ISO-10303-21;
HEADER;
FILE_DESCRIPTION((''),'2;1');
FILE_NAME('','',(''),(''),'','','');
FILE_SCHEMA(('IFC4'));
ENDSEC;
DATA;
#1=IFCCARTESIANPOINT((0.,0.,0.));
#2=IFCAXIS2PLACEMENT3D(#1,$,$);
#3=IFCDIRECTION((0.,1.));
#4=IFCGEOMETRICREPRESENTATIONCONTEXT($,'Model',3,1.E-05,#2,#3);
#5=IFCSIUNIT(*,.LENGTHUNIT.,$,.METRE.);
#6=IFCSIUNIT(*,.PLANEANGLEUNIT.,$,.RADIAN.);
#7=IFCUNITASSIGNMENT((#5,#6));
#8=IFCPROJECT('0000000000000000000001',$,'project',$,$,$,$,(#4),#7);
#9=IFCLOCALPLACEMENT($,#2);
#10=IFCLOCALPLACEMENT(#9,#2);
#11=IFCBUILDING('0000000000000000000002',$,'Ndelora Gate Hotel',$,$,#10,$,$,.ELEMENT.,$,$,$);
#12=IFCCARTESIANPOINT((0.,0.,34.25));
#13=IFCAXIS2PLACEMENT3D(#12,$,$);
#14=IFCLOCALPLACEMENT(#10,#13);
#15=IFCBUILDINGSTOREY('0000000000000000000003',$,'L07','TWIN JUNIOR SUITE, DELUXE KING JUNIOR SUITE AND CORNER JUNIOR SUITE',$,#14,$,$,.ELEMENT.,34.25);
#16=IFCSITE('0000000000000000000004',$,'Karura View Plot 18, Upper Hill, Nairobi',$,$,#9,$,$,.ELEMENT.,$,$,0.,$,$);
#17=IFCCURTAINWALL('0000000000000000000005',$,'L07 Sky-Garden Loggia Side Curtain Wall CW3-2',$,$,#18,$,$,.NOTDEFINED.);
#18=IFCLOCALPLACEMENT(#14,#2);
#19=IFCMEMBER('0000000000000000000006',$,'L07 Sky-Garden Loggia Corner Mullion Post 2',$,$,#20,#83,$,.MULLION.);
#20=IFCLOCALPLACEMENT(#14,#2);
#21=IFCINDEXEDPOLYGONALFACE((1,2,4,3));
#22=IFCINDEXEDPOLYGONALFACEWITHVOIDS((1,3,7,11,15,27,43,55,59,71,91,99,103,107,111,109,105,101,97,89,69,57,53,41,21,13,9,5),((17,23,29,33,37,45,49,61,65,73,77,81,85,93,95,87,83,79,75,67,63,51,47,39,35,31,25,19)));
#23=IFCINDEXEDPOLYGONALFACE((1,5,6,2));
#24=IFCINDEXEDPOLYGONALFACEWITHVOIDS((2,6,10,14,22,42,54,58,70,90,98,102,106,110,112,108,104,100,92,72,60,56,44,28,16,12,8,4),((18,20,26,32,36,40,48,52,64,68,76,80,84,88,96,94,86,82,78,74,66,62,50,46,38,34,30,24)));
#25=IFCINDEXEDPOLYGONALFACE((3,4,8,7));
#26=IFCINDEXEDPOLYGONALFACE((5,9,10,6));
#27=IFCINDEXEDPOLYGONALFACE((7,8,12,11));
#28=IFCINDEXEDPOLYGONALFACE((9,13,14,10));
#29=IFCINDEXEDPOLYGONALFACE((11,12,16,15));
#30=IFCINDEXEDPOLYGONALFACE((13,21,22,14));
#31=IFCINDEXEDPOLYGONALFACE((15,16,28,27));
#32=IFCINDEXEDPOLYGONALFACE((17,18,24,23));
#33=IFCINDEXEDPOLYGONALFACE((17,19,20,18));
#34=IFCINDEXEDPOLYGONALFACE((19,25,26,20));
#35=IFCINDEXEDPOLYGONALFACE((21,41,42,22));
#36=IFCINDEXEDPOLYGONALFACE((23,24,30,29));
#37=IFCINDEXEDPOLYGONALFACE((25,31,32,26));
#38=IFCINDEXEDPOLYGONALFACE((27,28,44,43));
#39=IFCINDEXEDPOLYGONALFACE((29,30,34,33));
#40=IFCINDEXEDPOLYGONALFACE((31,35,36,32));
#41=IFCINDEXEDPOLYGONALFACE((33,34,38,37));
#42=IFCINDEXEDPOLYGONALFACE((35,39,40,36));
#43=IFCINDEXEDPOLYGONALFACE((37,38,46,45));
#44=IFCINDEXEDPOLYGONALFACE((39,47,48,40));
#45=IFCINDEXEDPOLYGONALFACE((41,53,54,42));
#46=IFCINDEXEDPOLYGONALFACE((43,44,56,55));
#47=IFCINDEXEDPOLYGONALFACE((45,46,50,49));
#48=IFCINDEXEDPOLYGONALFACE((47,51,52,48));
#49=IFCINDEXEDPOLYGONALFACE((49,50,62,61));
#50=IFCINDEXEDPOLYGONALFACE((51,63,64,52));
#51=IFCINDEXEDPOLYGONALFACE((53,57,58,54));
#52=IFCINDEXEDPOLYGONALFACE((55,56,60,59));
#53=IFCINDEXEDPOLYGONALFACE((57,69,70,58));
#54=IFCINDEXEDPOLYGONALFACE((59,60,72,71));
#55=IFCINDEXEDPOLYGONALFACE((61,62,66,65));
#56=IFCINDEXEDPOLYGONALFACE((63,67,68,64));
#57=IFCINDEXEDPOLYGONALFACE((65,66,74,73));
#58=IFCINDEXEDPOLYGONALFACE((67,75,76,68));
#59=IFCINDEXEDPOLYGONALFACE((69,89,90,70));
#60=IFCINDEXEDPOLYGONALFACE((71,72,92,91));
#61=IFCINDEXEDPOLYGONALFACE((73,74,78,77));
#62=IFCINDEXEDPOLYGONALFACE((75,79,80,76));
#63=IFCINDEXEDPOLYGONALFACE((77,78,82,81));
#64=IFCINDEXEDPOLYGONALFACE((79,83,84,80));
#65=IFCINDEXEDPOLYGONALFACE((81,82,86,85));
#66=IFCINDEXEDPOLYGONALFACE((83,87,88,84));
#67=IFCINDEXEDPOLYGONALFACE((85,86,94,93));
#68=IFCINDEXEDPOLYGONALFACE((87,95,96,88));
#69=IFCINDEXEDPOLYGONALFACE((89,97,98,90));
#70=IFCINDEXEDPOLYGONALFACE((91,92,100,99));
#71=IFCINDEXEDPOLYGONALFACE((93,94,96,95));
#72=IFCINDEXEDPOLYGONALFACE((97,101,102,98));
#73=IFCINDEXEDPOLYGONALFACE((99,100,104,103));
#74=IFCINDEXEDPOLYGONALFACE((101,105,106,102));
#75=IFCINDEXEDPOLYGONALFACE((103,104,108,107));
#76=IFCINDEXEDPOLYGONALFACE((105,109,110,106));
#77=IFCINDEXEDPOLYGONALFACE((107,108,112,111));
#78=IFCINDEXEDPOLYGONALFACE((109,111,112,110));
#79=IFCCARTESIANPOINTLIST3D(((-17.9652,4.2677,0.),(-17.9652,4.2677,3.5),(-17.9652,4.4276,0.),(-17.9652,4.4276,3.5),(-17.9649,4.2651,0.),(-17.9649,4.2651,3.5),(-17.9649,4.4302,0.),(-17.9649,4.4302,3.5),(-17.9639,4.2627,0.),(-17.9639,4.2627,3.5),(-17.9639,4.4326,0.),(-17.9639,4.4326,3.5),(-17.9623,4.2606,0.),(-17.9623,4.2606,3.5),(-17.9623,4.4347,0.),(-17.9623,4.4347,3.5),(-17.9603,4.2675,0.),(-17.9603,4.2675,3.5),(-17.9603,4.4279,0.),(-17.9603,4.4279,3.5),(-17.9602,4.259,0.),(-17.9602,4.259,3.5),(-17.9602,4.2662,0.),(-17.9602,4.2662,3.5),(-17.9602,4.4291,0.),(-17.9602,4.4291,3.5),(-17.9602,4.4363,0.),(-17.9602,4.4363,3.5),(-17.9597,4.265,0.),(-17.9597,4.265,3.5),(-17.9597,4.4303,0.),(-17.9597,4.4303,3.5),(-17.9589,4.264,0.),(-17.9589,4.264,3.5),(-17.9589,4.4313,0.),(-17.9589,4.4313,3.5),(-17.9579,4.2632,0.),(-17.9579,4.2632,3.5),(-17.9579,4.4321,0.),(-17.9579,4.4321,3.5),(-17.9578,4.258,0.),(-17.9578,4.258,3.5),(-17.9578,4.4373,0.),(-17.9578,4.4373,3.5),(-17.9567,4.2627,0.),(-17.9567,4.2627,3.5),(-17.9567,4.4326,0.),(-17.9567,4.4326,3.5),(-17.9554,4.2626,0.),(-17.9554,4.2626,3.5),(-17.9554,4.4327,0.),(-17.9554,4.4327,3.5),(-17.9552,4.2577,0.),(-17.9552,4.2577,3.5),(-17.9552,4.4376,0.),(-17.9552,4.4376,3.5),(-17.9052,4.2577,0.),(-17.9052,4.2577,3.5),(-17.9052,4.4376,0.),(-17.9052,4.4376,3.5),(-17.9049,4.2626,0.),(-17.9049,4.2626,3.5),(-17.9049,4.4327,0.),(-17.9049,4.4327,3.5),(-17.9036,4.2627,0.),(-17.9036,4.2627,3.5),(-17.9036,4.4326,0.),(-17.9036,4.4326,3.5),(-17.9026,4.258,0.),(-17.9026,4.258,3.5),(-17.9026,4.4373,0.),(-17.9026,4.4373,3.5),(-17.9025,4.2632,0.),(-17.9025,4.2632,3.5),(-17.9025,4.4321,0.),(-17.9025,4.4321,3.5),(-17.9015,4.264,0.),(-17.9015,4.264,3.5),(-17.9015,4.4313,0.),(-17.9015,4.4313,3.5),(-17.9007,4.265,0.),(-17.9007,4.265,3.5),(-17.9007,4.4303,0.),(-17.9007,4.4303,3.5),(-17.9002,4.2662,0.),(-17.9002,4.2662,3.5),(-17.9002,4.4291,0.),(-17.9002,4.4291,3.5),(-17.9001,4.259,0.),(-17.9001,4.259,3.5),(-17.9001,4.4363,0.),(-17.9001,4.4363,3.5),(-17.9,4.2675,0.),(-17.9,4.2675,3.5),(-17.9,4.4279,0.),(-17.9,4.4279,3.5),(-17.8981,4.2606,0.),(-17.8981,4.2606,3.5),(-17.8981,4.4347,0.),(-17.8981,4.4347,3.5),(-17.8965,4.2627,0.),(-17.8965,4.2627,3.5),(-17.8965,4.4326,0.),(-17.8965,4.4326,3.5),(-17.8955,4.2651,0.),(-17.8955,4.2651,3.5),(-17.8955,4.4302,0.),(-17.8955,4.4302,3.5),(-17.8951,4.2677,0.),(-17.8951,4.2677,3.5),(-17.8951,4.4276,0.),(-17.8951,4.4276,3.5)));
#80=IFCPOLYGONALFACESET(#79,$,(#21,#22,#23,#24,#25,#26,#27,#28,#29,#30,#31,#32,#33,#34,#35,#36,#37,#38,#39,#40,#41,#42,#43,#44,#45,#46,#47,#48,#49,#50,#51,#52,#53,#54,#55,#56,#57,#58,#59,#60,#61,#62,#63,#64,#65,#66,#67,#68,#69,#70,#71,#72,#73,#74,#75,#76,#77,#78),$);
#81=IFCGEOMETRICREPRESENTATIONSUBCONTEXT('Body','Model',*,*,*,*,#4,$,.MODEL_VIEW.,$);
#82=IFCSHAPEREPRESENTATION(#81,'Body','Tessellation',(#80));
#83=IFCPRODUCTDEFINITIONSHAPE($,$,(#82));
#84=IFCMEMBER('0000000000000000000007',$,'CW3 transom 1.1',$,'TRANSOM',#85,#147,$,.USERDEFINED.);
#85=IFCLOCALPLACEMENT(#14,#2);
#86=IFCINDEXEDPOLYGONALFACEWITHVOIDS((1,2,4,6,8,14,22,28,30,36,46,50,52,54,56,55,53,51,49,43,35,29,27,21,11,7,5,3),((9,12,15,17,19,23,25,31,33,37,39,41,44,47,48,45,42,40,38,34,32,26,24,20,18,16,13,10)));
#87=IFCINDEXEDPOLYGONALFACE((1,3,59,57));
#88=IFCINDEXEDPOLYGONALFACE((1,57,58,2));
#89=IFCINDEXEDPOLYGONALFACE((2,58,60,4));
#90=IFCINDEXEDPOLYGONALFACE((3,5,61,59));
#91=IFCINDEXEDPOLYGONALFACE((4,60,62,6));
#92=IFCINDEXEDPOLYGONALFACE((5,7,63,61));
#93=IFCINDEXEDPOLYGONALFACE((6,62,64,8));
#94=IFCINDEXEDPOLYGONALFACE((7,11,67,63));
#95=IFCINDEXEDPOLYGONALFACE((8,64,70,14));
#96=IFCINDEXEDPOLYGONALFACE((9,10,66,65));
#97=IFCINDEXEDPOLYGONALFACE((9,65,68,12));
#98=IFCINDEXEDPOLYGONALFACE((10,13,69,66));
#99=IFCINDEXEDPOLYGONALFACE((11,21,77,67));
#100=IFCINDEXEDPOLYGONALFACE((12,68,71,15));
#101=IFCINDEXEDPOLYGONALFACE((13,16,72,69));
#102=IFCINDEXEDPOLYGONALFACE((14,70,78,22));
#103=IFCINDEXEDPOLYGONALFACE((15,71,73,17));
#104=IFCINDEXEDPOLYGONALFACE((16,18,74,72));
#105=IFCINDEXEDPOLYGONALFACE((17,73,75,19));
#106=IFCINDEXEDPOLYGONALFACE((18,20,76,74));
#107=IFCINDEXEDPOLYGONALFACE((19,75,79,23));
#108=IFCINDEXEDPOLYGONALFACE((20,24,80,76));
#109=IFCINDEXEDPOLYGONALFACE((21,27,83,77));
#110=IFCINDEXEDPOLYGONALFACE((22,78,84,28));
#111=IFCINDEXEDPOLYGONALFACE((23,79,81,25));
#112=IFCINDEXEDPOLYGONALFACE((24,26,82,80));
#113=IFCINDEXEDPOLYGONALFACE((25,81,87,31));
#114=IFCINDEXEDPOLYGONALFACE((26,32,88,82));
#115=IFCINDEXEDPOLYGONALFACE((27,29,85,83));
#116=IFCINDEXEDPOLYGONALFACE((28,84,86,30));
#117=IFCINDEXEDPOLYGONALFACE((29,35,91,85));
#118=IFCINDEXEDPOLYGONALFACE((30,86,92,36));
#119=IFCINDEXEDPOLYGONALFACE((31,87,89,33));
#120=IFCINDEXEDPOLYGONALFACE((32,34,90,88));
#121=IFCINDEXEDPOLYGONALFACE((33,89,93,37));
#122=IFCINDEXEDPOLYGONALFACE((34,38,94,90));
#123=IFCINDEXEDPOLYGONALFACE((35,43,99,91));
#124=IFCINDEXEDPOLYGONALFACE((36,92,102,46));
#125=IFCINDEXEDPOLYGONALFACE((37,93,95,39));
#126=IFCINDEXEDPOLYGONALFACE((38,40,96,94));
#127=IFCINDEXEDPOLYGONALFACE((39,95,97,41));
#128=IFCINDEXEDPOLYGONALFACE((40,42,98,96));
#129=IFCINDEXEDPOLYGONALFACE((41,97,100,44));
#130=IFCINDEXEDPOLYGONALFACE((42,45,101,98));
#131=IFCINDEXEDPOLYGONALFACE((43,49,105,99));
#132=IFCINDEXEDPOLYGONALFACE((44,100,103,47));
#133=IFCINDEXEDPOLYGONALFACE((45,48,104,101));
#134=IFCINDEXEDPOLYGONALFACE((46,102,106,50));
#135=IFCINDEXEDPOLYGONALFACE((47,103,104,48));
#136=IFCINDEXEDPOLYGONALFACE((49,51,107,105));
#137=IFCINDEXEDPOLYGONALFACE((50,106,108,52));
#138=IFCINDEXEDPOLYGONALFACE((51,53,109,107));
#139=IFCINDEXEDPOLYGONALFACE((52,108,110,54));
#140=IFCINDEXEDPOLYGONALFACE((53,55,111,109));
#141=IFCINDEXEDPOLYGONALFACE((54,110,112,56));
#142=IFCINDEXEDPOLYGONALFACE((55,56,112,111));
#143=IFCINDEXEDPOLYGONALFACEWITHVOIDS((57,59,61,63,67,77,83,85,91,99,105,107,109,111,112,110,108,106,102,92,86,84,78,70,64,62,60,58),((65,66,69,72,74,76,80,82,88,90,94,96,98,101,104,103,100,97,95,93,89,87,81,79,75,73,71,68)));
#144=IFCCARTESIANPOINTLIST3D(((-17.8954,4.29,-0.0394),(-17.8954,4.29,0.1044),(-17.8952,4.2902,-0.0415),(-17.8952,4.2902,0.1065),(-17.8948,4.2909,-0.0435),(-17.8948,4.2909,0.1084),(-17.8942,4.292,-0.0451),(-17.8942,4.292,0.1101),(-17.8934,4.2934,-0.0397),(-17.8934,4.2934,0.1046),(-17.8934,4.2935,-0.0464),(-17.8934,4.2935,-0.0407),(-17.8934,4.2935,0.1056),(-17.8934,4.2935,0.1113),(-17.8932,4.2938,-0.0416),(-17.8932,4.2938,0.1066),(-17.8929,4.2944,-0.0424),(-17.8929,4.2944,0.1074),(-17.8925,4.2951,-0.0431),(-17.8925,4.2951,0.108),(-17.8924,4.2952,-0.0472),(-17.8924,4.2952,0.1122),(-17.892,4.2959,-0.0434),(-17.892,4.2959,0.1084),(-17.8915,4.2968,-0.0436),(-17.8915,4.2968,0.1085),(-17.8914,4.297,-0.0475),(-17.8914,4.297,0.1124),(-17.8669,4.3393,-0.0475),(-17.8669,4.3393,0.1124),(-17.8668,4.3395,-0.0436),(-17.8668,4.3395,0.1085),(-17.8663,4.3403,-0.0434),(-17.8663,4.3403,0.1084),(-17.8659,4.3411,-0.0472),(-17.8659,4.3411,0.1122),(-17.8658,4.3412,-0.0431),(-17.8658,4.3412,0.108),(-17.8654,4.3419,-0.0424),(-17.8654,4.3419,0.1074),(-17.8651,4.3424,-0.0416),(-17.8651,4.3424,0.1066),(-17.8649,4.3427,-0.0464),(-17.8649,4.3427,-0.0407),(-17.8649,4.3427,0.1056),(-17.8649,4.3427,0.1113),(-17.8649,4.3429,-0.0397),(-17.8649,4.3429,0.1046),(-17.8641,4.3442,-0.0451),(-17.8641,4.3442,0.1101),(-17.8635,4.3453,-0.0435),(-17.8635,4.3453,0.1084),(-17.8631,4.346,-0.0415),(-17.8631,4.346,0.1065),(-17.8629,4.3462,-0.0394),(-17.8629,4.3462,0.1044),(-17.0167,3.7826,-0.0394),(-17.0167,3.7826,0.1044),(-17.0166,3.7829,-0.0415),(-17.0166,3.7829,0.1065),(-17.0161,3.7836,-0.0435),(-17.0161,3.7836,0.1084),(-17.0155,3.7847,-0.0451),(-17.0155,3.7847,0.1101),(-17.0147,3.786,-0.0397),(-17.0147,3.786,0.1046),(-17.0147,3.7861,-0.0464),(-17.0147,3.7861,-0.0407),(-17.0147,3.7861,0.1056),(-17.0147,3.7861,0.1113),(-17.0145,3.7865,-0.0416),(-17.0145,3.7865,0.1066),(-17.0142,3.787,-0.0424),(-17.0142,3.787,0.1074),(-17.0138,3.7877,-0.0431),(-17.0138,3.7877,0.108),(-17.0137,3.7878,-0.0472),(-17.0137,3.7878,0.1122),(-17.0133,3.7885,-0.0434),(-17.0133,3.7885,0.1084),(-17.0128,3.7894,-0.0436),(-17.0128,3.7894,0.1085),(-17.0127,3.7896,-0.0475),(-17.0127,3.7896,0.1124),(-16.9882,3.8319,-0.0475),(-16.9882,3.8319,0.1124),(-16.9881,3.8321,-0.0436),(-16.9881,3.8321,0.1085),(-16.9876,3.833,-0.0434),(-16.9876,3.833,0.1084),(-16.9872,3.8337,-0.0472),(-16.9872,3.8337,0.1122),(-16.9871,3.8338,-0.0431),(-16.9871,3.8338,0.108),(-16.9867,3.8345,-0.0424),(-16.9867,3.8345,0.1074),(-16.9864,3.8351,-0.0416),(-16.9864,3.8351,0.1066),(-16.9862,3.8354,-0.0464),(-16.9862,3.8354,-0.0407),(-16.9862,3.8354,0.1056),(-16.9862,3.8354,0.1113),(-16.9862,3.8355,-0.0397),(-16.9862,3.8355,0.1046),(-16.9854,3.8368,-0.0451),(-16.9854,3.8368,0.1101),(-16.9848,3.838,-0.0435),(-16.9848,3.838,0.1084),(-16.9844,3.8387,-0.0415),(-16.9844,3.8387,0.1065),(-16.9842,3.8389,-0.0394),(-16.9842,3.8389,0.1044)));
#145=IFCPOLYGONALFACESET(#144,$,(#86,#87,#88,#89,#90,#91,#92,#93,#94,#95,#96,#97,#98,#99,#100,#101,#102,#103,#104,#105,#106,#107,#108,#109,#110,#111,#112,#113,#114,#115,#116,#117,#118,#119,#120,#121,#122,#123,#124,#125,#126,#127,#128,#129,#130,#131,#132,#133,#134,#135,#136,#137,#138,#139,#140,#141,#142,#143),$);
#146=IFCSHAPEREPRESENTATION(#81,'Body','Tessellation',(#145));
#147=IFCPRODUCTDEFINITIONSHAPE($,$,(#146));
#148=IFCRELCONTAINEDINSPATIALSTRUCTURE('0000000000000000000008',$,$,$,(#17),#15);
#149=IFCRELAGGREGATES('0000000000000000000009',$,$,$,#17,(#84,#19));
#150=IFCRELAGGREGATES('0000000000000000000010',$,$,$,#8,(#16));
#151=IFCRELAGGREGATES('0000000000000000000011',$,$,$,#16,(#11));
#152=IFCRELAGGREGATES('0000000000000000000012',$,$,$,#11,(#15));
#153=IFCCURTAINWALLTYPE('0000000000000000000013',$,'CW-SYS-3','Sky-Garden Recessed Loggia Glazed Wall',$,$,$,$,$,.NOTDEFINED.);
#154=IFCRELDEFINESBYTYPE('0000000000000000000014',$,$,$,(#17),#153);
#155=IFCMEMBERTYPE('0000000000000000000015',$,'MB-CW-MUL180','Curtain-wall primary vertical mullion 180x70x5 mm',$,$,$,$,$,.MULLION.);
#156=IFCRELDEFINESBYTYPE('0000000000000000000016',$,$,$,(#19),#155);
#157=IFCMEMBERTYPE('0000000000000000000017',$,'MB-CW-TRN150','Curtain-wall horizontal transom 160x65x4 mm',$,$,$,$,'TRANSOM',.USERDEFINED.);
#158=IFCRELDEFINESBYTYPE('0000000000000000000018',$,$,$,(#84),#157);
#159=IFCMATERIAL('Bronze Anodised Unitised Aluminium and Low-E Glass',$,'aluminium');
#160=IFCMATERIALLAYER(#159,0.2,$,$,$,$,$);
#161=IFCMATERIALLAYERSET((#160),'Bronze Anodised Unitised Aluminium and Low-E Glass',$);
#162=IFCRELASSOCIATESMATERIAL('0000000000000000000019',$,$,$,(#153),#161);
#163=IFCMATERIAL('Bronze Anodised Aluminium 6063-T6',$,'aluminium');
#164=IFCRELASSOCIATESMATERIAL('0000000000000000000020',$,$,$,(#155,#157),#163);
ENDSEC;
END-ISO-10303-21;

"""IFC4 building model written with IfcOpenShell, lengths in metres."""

from ifc_helpers import new_model, si_unit, direction, frame, origin, origin_2d, place, context, subcontext, project, spatial, hollow_rectangle, extrude, material, layer, layer_set, material_profile, profile_set, type_object, element, aggregate, save


model = new_model("IFC4")

# Units and contexts
model_context = context("Model", 3, precision=1e-05, world=origin(), true_north=direction((0.0, 1.0)))
body_context = subcontext(model_context, "Body", "Model", "MODEL_VIEW")
ifc_project = project(units=[si_unit("LENGTHUNIT", "METRE"), si_unit("PLANEANGLEUNIT", "RADIAN")], contexts=[model_context])

# Site, building, storey
site_placement = place(None, origin())
site = spatial("IfcSite", under=ifc_project, at=site_placement, Name="Karura View Plot 18, Upper Hill, Nairobi", CompositionType="ELEMENT", RefElevation=0.0)
building_placement = place(site_placement, origin())
building = spatial("IfcBuilding", under=site, at=building_placement, Name="Ndelora Gate Hotel", CompositionType="ELEMENT")
storey_placement = place(building_placement, frame((0.0, 0.0, 34.25)))
storey = spatial("IfcBuildingStorey", under=building, at=storey_placement, Name="L07", Description="TWIN JUNIOR SUITE, DELUXE KING JUNIOR SUITE AND CORNER JUNIOR SUITE", CompositionType="ELEMENT", Elevation=34.25)

# Curtain wall, members
ifc_material_1 = material(Name="Bronze Anodised Unitised Aluminium and Low-E Glass", Category="aluminium")
ifc_layer_1 = layer(ifc_material_1, 0.2)
ifc_layer_set_1 = layer_set([ifc_layer_1], Name="Bronze Anodised Unitised Aluminium and Low-E Glass")
curtain_wall_type = type_object("IfcCurtainWallType", Name="CW-SYS-3", Description="Sky-Garden Recessed Loggia Glazed Wall", PredefinedType="NOTDEFINED", material=ifc_layer_set_1)
curtain_wall_placement = place(storey_placement, origin())
curtain_wall = element("IfcCurtainWall", 1, at=curtain_wall_placement, inside=storey, type_object=curtain_wall_type, Name="L07 Sky-Garden Loggia Side Curtain Wall CW3-2", PredefinedType="NOTDEFINED")
ifc_material_2 = material(Name="Bronze Anodised Aluminium 6063-T6", Category="aluminium")
ifc_material_profile_1 = material_profile(ifc_material_2, hollow_rectangle(XDim=0.0701, YDim=0.1799, WallThickness=0.0049, InnerFilletRadius=0.0049, OuterFilletRadius=0.01, at=origin_2d()), Name="ALU 180x70x5")
ifc_profile_set_1 = profile_set([ifc_material_profile_1], Name="Bronze Anodised Aluminium 6063-T6")
member_type_1 = type_object("IfcMemberType", Name="MB-CW-MUL180", Description="Curtain-wall primary vertical mullion 180x70x5 mm", PredefinedType="MULLION", material=ifc_profile_set_1)
member_1_placement = place(storey_placement, frame((-17.9302, 4.3477, 0.0), z_axis=(0.0, 0.0, 1.0), x_axis=(1.0, 0.0, 0.0)))
member_1 = element("IfcMember", 2, at=member_1_placement, type_object=member_type_1, Name="L07 Sky-Garden Loggia Corner Mullion Post 2", PredefinedType="MULLION", context=body_context, shape_type="SweptSolid", body=[
    extrude(hollow_rectangle(XDim=0.0701, YDim=0.1799, WallThickness=0.0049, InnerFilletRadius=0.0049, OuterFilletRadius=0.01, at=origin_2d()), origin(), (0.0, 0.0, 1.0), 3.5),
])
ifc_material_profile_2 = material_profile(ifc_material_2, hollow_rectangle(XDim=0.0649, YDim=0.1599, WallThickness=0.0039, InnerFilletRadius=0.0039, OuterFilletRadius=0.0081, at=origin_2d()), Name="ALU 160x65x4")
ifc_profile_set_2 = profile_set([ifc_material_profile_2], Name="Bronze Anodised Aluminium 6063-T6")
member_type_2 = type_object("IfcMemberType", Name="MB-CW-TRN150", Description="Curtain-wall horizontal transom 160x65x4 mm", ElementType="TRANSOM", PredefinedType="USERDEFINED", material=ifc_profile_set_2)
member_2_placement = place(storey_placement, frame((-17.8792, 4.3181, 0.0325), z_axis=(0.866013, -0.500021, 0.0), x_axis=(0.500021, 0.866013, 0.0)))
member_2 = element("IfcMember", 3, at=member_2_placement, type_object=member_type_2, Name="CW3 transom 1.1", ObjectType="TRANSOM", PredefinedType="USERDEFINED", context=body_context, shape_type="SweptSolid", body=[
    extrude(hollow_rectangle(XDim=0.0649, YDim=0.1599, WallThickness=0.0039, InnerFilletRadius=0.0039, OuterFilletRadius=0.0081, at=origin_2d()), origin(), (0.0, 0.0, 1.0), 1.0146),
])
aggregate(curtain_wall, [member_2, member_1])

save(model, "model.ifc")
